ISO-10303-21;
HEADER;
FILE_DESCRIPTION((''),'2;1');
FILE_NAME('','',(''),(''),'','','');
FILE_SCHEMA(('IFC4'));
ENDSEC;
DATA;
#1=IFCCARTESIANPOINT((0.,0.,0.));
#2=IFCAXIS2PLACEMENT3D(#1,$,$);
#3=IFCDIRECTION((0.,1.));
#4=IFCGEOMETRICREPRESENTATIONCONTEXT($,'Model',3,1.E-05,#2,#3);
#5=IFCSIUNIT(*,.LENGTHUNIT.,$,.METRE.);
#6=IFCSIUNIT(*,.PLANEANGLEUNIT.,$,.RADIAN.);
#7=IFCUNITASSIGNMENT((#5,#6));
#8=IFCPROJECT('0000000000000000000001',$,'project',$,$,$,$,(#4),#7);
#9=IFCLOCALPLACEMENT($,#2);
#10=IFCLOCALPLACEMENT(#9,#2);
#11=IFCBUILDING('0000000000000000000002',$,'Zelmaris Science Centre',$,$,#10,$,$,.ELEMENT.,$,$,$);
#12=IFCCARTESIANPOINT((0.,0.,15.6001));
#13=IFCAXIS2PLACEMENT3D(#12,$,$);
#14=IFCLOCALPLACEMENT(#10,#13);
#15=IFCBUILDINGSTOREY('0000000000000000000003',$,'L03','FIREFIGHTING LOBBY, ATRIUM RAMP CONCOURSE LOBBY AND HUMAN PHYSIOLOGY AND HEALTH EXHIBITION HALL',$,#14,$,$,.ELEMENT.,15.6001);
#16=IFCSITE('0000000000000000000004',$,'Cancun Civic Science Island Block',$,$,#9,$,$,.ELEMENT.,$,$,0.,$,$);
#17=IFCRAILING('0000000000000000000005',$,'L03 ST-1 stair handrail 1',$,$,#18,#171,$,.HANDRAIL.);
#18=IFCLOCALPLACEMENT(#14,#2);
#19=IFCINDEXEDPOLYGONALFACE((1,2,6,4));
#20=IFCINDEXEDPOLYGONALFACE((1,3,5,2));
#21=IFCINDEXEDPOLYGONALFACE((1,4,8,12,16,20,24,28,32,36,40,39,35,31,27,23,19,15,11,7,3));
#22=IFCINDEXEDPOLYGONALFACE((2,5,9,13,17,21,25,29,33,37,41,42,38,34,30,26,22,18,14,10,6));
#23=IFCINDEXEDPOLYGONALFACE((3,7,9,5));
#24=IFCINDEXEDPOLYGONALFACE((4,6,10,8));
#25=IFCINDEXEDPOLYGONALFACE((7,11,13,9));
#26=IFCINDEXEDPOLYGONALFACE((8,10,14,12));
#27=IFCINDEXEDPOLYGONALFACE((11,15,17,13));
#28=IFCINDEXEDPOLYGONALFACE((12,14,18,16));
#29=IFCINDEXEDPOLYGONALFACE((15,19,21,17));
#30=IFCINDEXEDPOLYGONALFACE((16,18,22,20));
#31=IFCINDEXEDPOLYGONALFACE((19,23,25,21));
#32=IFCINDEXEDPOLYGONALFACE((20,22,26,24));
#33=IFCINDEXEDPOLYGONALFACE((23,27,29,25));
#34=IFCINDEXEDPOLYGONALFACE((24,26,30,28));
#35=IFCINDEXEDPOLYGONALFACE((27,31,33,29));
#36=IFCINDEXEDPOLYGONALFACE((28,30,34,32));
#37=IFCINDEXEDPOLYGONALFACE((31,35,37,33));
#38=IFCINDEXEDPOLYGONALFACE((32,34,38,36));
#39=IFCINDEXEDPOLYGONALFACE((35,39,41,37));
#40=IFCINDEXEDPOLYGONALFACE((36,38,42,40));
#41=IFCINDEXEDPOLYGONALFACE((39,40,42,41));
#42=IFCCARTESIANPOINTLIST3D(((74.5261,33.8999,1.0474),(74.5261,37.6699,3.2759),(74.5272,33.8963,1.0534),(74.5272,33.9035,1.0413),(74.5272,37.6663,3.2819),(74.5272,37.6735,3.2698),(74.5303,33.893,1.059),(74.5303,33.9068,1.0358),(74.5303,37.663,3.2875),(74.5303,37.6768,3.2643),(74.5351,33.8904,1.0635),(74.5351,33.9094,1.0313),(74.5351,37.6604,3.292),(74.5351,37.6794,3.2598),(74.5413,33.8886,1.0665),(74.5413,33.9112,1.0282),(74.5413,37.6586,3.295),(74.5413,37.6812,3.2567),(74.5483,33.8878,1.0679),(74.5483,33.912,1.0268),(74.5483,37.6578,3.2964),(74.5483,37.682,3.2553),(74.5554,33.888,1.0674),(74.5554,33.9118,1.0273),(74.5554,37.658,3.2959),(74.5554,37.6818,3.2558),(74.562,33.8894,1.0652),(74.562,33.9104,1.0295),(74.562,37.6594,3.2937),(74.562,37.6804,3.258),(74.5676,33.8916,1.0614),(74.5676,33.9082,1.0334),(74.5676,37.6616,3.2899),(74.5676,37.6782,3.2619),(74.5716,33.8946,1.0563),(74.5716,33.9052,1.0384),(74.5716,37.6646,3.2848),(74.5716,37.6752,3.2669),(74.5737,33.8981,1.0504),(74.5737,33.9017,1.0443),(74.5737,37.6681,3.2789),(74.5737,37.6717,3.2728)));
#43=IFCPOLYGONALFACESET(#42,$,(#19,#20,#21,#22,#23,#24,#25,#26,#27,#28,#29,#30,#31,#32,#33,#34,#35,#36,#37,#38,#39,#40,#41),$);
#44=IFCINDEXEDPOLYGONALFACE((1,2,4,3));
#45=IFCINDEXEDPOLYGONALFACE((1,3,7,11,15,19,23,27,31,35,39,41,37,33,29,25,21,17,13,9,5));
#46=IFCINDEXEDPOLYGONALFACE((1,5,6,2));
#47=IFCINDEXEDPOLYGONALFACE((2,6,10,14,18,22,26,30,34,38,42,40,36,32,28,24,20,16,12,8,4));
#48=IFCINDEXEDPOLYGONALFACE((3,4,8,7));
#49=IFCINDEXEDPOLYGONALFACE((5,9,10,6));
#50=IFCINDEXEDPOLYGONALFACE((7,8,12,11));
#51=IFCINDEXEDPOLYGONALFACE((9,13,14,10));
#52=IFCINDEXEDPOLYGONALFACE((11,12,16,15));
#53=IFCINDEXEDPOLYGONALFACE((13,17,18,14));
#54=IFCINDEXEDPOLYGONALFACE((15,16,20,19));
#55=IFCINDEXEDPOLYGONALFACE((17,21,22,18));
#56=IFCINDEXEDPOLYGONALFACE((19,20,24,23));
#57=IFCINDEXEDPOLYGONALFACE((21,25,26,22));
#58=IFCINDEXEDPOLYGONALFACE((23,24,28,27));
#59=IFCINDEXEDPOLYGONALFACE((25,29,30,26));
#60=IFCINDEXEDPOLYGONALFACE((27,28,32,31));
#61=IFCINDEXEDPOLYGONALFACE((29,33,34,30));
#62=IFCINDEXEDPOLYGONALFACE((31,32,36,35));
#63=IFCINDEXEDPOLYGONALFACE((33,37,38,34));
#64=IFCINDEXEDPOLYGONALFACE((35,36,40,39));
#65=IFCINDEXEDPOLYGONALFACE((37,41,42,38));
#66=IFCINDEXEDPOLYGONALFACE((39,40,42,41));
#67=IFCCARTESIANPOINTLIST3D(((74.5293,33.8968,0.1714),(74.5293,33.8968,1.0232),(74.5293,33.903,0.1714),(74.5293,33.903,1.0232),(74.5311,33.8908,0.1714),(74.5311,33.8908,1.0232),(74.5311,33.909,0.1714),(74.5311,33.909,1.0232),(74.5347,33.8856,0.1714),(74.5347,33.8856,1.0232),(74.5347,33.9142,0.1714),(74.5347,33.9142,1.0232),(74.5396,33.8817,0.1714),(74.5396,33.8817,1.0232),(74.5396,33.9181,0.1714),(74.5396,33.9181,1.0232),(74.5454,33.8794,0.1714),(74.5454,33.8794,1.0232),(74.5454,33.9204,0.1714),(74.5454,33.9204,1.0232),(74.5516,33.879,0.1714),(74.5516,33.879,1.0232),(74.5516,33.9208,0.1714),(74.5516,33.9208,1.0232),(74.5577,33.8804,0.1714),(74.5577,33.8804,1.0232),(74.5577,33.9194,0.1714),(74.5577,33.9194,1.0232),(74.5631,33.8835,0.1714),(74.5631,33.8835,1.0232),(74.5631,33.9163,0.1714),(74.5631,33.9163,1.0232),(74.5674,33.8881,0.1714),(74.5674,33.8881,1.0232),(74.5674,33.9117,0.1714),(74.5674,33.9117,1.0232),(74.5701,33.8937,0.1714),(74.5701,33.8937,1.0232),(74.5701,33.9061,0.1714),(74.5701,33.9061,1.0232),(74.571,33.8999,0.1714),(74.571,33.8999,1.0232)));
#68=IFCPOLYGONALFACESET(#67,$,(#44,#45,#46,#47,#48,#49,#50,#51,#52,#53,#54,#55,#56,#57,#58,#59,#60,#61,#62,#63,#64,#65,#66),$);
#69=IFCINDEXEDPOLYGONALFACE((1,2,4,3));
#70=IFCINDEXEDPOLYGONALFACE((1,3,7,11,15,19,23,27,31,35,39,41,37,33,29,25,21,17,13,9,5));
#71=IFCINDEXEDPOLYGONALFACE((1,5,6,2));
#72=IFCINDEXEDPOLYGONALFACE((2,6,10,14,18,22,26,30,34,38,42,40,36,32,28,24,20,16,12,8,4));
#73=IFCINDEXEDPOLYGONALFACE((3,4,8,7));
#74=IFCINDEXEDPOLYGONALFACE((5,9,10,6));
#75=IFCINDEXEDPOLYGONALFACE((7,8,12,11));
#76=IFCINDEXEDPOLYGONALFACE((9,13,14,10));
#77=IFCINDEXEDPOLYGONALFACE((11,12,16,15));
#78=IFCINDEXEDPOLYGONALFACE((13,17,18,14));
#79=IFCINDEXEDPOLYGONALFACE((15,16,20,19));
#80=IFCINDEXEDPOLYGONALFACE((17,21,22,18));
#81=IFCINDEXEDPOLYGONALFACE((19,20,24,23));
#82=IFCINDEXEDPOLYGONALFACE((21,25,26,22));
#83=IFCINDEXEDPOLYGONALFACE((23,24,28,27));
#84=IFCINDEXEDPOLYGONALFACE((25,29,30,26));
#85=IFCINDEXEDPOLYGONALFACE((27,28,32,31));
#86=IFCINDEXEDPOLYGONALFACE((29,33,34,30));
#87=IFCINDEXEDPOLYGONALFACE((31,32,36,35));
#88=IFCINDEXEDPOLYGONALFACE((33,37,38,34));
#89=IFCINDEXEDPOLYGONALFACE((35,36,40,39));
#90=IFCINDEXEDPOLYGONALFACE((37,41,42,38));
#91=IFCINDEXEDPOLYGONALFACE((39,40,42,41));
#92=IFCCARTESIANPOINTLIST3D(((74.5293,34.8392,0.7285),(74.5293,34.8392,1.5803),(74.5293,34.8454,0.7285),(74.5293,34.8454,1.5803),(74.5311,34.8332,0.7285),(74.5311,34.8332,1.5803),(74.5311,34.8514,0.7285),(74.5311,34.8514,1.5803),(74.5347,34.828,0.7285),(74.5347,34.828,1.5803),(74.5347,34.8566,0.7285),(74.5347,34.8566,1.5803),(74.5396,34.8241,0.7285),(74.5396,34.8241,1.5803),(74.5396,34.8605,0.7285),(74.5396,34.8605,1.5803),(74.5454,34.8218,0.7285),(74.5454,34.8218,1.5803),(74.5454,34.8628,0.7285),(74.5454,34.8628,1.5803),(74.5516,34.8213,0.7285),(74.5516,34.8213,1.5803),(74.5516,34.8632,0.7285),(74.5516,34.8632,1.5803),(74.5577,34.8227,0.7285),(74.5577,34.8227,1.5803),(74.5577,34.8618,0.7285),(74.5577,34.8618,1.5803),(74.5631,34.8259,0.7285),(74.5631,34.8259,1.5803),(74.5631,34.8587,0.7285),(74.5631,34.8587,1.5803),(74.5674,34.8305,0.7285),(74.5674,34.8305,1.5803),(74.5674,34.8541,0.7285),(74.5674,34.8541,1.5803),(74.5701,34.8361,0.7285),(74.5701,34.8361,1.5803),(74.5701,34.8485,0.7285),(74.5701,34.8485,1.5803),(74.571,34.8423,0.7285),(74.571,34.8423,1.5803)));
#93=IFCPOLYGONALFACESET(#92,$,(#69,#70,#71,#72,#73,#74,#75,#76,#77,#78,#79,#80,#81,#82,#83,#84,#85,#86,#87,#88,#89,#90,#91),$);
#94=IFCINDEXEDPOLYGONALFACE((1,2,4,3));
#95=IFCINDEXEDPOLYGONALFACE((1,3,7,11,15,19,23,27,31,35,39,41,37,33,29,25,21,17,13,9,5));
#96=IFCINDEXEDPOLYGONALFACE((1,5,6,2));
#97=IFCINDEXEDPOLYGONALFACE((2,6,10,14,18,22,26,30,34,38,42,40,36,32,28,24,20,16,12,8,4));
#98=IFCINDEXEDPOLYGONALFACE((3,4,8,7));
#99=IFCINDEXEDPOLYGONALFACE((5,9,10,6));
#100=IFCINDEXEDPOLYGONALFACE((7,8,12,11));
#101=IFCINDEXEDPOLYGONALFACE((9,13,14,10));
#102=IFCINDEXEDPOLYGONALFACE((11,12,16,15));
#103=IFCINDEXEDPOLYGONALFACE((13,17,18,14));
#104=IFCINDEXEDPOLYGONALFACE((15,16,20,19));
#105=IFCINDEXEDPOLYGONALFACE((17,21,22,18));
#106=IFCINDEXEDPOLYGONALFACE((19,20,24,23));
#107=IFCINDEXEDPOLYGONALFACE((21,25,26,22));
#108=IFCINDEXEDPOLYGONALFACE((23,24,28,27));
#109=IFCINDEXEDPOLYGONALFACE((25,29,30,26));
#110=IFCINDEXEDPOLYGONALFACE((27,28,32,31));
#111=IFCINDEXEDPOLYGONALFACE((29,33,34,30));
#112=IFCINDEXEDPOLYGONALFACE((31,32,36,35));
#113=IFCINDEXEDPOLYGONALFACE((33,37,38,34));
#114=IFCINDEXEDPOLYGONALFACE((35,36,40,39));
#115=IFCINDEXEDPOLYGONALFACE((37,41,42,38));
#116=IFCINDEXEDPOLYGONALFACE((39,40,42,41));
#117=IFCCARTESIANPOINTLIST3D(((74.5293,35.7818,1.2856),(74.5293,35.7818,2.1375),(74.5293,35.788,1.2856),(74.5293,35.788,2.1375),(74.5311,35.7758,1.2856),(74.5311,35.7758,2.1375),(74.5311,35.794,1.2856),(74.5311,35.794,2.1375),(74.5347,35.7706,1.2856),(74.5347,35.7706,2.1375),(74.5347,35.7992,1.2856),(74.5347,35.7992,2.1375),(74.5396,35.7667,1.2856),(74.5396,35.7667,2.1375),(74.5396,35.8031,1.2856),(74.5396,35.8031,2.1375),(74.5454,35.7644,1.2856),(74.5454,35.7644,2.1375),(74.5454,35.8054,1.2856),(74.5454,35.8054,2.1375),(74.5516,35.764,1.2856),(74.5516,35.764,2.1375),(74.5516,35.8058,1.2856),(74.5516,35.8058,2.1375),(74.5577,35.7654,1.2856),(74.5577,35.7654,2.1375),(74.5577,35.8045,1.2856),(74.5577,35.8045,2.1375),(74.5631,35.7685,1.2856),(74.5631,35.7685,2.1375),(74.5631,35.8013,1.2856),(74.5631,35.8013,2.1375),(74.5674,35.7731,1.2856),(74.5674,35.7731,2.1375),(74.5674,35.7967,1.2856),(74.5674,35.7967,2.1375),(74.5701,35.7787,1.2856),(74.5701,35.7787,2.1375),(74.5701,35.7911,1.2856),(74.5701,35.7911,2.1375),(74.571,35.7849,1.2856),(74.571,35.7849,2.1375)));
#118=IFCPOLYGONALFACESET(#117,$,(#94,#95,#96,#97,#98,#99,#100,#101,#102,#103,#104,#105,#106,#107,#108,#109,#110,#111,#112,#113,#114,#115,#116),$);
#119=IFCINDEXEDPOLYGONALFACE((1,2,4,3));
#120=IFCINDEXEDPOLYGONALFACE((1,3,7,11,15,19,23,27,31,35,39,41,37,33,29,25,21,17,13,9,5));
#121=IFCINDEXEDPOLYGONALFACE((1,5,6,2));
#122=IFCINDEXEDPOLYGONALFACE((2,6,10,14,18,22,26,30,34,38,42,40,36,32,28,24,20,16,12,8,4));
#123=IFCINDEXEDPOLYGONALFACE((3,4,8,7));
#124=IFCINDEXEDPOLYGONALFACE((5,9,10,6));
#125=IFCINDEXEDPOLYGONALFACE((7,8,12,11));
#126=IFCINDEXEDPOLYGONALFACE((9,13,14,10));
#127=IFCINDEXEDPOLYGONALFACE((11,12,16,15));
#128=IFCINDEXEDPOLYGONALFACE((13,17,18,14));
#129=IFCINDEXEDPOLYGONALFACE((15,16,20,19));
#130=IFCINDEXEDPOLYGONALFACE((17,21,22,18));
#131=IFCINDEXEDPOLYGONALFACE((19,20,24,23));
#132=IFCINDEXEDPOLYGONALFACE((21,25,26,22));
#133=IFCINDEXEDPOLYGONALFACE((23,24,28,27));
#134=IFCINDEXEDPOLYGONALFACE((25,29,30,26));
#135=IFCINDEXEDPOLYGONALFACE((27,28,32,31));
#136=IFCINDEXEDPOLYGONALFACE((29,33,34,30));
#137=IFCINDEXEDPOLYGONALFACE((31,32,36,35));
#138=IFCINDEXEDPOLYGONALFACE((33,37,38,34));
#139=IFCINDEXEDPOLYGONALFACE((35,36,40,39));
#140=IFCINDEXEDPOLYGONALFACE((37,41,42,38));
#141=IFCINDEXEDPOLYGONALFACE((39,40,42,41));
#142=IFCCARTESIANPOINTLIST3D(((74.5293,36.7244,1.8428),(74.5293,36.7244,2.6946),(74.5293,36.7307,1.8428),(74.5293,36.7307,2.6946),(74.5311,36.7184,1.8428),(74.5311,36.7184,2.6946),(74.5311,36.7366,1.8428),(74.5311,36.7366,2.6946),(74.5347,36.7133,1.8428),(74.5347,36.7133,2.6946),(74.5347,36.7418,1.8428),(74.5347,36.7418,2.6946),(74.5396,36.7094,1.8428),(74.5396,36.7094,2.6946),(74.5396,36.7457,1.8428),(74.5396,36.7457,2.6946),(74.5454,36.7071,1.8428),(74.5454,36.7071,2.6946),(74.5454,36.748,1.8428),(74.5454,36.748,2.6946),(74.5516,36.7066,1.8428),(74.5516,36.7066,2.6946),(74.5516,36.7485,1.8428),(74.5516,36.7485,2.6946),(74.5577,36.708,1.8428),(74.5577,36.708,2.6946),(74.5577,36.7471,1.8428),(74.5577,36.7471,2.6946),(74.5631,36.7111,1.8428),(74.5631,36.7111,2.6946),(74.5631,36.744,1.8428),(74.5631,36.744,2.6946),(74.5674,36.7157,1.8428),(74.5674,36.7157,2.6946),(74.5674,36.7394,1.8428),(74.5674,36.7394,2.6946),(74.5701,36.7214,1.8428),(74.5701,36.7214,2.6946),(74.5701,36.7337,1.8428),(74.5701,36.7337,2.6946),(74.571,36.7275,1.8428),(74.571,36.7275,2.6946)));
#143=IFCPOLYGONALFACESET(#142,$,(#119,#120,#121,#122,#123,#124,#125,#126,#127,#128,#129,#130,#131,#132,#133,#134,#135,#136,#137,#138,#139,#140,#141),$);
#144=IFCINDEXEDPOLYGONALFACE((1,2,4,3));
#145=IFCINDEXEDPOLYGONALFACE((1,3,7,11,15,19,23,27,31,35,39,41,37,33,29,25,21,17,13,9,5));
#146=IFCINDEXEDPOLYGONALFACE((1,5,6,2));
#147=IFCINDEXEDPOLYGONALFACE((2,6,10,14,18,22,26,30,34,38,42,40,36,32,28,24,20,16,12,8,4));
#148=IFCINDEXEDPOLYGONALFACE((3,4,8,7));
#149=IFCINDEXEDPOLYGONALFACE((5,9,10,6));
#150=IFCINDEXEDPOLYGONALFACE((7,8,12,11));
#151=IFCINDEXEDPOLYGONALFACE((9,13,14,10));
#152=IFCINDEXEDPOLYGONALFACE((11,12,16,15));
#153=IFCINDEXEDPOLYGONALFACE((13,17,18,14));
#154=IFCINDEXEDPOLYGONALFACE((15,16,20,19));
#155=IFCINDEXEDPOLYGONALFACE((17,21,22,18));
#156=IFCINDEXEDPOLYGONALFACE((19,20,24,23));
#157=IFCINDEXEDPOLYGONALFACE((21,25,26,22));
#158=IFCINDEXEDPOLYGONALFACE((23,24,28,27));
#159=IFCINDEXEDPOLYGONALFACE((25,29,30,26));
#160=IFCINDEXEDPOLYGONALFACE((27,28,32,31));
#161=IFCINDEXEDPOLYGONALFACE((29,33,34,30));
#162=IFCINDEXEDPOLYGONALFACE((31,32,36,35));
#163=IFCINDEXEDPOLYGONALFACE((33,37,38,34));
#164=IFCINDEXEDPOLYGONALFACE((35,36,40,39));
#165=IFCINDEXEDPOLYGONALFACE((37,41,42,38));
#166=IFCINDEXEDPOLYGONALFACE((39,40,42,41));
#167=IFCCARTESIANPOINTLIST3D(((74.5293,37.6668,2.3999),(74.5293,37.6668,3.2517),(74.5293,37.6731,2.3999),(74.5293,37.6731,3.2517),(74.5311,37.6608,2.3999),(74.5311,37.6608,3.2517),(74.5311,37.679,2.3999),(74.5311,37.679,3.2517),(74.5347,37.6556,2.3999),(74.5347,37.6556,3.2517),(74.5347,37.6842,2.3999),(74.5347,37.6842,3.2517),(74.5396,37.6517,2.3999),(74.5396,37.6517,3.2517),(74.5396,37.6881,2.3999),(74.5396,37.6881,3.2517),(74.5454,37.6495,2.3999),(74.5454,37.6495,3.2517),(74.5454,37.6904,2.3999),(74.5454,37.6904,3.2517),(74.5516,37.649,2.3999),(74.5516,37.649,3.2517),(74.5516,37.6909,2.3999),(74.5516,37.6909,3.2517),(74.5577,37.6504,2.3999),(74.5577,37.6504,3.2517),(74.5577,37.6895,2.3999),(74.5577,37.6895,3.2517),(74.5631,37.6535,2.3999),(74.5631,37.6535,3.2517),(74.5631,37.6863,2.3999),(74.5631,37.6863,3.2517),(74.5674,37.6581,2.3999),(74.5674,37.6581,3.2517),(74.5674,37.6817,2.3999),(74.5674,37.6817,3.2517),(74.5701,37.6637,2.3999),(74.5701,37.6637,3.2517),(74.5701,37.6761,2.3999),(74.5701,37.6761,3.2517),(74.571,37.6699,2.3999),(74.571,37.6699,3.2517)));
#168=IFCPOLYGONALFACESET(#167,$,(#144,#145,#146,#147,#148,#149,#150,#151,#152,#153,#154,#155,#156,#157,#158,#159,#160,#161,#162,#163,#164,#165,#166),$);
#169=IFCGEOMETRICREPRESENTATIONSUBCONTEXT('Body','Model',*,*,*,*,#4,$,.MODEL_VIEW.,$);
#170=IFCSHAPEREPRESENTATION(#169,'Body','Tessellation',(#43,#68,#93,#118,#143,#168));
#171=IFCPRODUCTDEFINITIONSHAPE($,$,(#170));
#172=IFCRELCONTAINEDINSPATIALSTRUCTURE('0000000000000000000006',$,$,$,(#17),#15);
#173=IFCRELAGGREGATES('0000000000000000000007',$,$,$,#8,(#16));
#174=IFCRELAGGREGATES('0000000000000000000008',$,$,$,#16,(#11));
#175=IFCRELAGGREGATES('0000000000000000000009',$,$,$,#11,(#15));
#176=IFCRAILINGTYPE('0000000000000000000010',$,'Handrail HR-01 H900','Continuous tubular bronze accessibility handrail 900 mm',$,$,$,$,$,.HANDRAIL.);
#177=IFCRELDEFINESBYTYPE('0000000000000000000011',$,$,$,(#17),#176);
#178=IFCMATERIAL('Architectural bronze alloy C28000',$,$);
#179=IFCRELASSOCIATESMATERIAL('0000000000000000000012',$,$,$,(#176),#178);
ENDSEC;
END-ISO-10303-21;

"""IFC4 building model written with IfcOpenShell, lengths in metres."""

from ifc_helpers import new_model, si_unit, direction, frame, origin, origin_2d, place, context, subcontext, project, spatial, circle, extrude, material, type_object, element, save


model = new_model("IFC4")

# Units and contexts
model_context = context("Model", 3, precision=1e-05, world=origin(), true_north=direction((0.0, 1.0)))
body_context = subcontext(model_context, "Body", "Model", "MODEL_VIEW")
ifc_project = project(units=[si_unit("LENGTHUNIT", "METRE"), si_unit("PLANEANGLEUNIT", "RADIAN")], contexts=[model_context])

# Site, building, storey
site_placement = place(None, origin())
site = spatial("IfcSite", under=ifc_project, at=site_placement, Name="Cancun Civic Science Island Block", CompositionType="ELEMENT", RefElevation=0.0)
building_placement = place(site_placement, origin())
building = spatial("IfcBuilding", under=site, at=building_placement, Name="Zelmaris Science Centre", CompositionType="ELEMENT")
storey_placement = place(building_placement, frame((0.0, 0.0, 15.6001)))
storey = spatial("IfcBuildingStorey", under=building, at=storey_placement, Name="L03", Description="FIREFIGHTING LOBBY, ATRIUM RAMP CONCOURSE LOBBY AND HUMAN PHYSIOLOGY AND HEALTH EXHIBITION HALL", CompositionType="ELEMENT", Elevation=15.6001)

# Railing
ifc_material_1 = material(Name="Architectural bronze alloy C28000")
railing_type_1 = type_object("IfcRailingType", Name="Handrail HR-01 H900", Description="Continuous tubular bronze accessibility handrail 900 mm", PredefinedType="HANDRAIL", material=ifc_material_1)
railing_1_placement = place(storey_placement, frame((74.55, 33.8999, 0.1714)))
element("IfcRailing", 1, at=railing_1_placement, inside=storey, type_object=railing_type_1, Name="L03 ST-1 stair handrail 1", PredefinedType="HANDRAIL", context=body_context, shape_type="SweptSolid", body=[
    extrude(circle(Radius=0.0239, at=origin_2d()), frame((0.0, 0.0, 0.876), z_axis=(0.0, 0.860849, 0.508861), x_axis=(-1.0, 0.0, 0.0)), (0.0, 0.0, 1.0), 4.3794),
    extrude(circle(Radius=0.021, at=origin_2d()), origin(), (0.0, 0.0, 1.0), 0.8518),
    extrude(circle(Radius=0.021, at=origin_2d()), frame((0.0, 0.9424, 0.5571)), (0.0, 0.0, 1.0), 0.8518),
    extrude(circle(Radius=0.021, at=origin_2d()), frame((0.0, 1.885, 1.1143)), (0.0, 0.0, 1.0), 0.8518),
    extrude(circle(Radius=0.021, at=origin_2d()), frame((0.0, 2.8276, 1.6714)), (0.0, 0.0, 1.0), 0.8518),
    extrude(circle(Radius=0.021, at=origin_2d()), frame((0.0, 3.77, 2.2285)), (0.0, 0.0, 1.0), 0.8518),
])

save(model, "model.ifc")
